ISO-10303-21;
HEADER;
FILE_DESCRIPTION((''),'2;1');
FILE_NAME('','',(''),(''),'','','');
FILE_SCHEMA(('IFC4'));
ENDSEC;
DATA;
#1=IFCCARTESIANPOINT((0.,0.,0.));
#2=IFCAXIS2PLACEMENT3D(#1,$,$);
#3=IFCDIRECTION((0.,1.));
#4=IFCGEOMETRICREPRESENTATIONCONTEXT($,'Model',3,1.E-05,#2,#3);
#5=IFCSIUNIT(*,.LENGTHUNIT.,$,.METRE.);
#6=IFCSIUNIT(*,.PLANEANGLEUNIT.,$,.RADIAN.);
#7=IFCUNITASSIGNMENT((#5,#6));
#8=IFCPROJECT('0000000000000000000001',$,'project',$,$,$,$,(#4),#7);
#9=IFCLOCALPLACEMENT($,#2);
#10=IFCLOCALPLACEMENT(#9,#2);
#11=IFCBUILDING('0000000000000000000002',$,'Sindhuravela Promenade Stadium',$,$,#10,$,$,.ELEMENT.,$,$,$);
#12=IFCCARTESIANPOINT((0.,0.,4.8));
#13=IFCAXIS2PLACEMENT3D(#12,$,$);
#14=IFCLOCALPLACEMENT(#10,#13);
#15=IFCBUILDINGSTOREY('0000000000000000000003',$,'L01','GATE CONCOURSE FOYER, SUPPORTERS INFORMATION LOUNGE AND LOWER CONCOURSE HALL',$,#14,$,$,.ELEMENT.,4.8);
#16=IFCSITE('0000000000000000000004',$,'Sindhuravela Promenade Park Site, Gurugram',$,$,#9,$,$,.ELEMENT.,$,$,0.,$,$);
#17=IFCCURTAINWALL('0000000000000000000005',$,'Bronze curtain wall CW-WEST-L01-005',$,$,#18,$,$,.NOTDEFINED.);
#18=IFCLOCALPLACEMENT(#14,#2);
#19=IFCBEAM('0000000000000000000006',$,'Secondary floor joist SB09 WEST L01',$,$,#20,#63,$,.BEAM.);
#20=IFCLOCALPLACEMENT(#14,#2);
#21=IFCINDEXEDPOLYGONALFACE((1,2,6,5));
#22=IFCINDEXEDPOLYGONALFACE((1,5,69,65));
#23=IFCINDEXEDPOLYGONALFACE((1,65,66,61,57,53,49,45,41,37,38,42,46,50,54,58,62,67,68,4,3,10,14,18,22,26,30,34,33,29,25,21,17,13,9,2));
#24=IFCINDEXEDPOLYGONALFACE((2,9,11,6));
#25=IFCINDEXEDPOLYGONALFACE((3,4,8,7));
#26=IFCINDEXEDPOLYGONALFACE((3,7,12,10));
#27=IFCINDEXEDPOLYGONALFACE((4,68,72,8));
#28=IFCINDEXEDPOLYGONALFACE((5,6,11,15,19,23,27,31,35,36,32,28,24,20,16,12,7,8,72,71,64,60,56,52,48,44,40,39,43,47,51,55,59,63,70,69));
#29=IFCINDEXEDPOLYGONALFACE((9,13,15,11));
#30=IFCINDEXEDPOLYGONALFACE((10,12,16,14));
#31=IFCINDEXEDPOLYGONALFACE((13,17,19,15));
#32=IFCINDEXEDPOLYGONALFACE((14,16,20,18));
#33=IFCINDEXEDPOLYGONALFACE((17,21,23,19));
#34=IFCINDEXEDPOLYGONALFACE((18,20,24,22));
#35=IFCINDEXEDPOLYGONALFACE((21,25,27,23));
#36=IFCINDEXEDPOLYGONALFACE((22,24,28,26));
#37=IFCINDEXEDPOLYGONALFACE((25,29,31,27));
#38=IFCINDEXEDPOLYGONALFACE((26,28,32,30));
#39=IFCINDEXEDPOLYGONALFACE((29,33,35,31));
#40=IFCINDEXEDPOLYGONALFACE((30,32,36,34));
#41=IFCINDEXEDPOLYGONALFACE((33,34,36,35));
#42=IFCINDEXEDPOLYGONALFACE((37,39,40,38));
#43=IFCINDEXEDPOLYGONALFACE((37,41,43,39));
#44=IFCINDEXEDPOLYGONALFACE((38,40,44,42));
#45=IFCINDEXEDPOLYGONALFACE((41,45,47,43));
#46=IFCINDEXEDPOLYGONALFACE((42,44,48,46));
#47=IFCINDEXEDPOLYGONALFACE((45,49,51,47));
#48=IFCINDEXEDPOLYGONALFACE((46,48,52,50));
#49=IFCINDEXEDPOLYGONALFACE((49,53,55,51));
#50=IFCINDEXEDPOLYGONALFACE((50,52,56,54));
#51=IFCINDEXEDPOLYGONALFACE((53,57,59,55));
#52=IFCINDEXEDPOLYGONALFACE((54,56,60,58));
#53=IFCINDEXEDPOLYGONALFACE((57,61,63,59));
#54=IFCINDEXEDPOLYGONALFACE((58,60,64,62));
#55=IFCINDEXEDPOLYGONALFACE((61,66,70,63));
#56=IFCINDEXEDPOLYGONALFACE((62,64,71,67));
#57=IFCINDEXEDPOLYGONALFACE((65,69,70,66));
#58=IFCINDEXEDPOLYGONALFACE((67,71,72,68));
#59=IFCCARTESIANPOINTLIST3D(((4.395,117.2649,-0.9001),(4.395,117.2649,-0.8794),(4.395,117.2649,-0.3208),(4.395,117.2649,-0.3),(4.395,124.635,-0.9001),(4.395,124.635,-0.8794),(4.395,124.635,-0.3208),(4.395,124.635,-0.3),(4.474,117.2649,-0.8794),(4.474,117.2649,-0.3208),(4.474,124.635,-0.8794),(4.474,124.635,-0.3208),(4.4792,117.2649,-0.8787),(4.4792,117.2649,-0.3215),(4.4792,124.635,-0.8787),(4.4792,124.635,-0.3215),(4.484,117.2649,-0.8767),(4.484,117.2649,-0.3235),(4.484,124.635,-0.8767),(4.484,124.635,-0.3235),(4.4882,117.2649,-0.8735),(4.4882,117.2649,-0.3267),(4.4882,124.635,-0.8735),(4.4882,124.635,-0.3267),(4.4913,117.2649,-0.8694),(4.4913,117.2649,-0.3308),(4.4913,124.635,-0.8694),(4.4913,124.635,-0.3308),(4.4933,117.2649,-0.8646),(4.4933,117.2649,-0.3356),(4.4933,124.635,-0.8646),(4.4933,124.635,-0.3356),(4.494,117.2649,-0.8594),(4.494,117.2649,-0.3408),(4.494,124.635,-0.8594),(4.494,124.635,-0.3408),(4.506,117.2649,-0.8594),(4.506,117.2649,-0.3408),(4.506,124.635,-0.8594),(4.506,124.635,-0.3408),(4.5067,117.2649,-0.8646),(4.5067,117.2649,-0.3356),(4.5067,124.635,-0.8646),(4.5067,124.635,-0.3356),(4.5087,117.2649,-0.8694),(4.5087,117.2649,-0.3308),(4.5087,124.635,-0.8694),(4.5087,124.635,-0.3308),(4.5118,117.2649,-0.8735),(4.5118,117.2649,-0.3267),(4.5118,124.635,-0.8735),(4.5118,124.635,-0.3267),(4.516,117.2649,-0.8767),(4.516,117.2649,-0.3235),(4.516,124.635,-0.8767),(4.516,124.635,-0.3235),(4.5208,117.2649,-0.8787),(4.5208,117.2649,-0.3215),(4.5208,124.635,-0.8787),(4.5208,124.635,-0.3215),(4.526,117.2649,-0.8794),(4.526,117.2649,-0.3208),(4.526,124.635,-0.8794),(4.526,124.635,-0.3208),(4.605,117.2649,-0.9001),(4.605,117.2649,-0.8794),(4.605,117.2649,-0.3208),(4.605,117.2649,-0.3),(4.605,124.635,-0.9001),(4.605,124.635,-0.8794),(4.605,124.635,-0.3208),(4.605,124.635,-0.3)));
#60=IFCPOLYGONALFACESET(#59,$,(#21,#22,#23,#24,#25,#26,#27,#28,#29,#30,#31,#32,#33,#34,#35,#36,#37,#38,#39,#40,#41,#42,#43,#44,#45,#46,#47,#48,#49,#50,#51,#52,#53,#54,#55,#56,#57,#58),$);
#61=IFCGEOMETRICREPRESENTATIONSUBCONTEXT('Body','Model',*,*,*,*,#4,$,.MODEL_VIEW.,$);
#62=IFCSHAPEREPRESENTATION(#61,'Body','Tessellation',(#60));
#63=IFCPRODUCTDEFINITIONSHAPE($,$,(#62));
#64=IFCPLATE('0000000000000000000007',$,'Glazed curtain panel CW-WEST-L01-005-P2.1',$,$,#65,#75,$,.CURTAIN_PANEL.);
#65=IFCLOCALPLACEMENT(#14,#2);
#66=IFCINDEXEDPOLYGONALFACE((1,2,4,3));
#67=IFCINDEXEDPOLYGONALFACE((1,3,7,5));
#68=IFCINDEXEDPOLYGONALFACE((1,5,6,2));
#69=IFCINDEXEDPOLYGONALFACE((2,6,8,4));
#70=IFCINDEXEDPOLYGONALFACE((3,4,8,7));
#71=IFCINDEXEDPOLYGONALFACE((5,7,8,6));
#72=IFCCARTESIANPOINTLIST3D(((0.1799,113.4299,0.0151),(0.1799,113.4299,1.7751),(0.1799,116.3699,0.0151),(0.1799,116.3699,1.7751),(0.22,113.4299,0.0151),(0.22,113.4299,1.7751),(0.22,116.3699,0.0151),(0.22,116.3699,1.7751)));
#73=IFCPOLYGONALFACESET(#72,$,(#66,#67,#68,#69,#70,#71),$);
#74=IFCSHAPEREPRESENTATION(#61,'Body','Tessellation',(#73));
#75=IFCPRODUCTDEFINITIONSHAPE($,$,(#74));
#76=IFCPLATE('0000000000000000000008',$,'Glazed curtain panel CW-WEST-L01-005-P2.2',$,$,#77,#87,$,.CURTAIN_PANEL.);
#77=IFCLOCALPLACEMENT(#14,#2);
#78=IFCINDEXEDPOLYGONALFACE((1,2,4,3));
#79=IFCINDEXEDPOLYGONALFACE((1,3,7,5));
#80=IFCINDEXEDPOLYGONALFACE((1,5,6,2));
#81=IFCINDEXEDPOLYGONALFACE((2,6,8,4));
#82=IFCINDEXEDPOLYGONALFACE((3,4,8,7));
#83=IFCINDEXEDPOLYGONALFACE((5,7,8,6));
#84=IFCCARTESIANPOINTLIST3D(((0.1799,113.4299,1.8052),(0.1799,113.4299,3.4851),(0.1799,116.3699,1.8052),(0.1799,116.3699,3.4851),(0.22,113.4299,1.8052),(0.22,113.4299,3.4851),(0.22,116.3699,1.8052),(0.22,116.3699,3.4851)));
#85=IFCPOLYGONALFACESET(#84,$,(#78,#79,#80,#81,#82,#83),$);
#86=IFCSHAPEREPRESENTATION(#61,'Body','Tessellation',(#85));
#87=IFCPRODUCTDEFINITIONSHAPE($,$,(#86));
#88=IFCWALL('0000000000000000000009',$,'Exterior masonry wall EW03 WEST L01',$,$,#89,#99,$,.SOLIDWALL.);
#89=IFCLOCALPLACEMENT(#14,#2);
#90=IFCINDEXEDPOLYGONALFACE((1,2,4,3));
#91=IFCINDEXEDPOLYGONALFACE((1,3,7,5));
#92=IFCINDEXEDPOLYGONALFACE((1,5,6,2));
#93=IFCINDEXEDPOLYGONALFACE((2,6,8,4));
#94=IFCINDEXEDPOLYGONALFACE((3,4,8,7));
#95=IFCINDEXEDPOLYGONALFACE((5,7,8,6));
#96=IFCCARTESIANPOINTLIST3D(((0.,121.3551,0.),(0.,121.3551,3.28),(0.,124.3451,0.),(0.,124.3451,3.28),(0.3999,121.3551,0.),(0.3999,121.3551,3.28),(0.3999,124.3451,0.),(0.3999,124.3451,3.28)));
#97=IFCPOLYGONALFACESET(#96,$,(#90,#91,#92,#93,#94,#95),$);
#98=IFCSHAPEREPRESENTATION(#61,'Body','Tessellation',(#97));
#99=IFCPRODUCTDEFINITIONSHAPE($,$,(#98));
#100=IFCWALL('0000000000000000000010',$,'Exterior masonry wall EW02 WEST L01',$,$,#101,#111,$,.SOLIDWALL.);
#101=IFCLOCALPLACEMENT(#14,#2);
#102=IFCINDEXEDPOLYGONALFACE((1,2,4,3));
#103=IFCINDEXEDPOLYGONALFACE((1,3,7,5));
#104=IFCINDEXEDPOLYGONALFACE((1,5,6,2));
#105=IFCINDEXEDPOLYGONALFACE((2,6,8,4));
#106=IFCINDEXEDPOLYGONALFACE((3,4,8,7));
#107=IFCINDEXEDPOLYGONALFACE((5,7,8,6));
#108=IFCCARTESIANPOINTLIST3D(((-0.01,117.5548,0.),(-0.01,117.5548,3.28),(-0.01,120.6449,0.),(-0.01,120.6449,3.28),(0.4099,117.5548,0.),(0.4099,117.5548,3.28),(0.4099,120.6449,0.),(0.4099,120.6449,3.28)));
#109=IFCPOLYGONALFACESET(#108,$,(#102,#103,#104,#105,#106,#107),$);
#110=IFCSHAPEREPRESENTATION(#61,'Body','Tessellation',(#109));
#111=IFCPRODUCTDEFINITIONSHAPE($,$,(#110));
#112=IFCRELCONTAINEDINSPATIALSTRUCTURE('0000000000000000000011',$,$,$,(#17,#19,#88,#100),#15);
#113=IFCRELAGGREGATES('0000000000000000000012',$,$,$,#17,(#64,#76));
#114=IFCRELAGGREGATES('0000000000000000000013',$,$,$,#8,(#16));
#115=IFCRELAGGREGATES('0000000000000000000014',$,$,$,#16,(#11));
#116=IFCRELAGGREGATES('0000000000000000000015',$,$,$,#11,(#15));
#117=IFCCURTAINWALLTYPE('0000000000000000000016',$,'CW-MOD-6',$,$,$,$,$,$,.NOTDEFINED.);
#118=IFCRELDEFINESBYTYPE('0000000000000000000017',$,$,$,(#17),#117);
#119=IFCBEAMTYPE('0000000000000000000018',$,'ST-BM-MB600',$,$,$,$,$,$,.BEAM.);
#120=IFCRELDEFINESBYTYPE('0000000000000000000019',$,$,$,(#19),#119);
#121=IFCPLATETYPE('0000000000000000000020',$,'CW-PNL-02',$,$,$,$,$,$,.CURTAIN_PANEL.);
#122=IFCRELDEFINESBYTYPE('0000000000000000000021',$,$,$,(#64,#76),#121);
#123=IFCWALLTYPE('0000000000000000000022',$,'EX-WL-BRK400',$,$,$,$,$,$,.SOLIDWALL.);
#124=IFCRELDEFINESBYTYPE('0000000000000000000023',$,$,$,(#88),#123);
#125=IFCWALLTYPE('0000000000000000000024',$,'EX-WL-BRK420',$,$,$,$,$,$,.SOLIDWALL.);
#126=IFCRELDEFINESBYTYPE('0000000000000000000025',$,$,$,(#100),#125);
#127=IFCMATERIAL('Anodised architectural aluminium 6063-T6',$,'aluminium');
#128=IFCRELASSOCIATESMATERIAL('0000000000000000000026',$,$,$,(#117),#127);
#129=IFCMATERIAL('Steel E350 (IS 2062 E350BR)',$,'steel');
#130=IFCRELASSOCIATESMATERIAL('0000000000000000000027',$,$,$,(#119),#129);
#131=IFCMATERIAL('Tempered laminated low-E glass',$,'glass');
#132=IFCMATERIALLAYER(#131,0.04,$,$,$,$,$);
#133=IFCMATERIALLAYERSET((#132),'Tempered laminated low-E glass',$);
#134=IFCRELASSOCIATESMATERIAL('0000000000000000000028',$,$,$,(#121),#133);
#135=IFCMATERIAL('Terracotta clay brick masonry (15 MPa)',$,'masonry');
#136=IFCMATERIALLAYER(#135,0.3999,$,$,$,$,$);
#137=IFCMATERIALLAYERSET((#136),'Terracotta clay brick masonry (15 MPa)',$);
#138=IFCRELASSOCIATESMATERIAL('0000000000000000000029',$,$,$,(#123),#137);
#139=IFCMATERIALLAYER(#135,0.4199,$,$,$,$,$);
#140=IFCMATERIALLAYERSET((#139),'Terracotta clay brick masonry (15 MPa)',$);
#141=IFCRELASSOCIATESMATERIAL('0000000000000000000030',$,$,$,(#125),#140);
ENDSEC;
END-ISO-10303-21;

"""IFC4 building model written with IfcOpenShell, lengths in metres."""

from ifc_helpers import new_model, si_unit, direction, frame, frame_2d, origin, origin_2d, place, context, subcontext, project, spatial, rectangle, i_section, extrude, material, layer, layer_set, material_profile, profile_set, type_object, element, aggregate, save


model = new_model("IFC4")

# Units and contexts
model_context = context("Model", 3, precision=1e-05, world=origin(), true_north=direction((0.0, 1.0)))
body_context = subcontext(model_context, "Body", "Model", "MODEL_VIEW")
ifc_project = project(units=[si_unit("LENGTHUNIT", "METRE"), si_unit("PLANEANGLEUNIT", "RADIAN")], contexts=[model_context])

# Site, building, storey
site_placement = place(None, origin())
site = spatial("IfcSite", under=ifc_project, at=site_placement, Name="Sindhuravela Promenade Park Site, Gurugram", CompositionType="ELEMENT", RefElevation=0.0)
building_placement = place(site_placement, origin())
building = spatial("IfcBuilding", under=site, at=building_placement, Name="Sindhuravela Promenade Stadium", CompositionType="ELEMENT")
storey_placement = place(building_placement, frame((0.0, 0.0, 4.8)))
storey = spatial("IfcBuildingStorey", under=building, at=storey_placement, Name="L01", Description="GATE CONCOURSE FOYER, SUPPORTERS INFORMATION LOUNGE AND LOWER CONCOURSE HALL", CompositionType="ELEMENT", Elevation=4.8)

# Curtain wall
ifc_material_1 = material(Name="Anodised architectural aluminium 6063-T6", Category="aluminium")
curtain_wall_type = type_object("IfcCurtainWallType", Name="CW-MOD-6", PredefinedType="NOTDEFINED", material=ifc_material_1)
curtain_wall_placement = place(storey_placement, origin())
curtain_wall = element("IfcCurtainWall", 1, at=curtain_wall_placement, inside=storey, type_object=curtain_wall_type, Name="Bronze curtain wall CW-WEST-L01-005", PredefinedType="NOTDEFINED")

# Beam
ifc_material_2 = material(Name="Steel E350 (IS 2062 E350BR)", Category="steel")
ifc_material_profile_1 = material_profile(ifc_material_2, i_section(OverallWidth=0.21, OverallDepth=0.6001, WebThickness=0.012, FlangeThickness=0.0208, FilletRadius=0.02, at=origin_2d()), Name="ISMB 600")
ifc_profile_set_1 = profile_set([ifc_material_profile_1], Name="Steel E350 (IS 2062 E350BR)")
beam_type_1 = type_object("IfcBeamType", Name="ST-BM-MB600", PredefinedType="BEAM", material=ifc_profile_set_1)
beam_1_placement = place(storey_placement, frame((4.5, 117.2649, -0.6001), z_axis=(0.0, 1.0, 0.0), x_axis=(-1.0, 0.0, 0.0)))
element("IfcBeam", 2, at=beam_1_placement, inside=storey, type_object=beam_type_1, Name="Secondary floor joist SB09 WEST L01", PredefinedType="BEAM", context=body_context, shape_type="SweptSolid", body=[
    extrude(i_section(OverallWidth=0.21, OverallDepth=0.6001, WebThickness=0.012, FlangeThickness=0.0208, FilletRadius=0.02, at=origin_2d()), origin(), (0.0, 0.0, 1.0), 7.3701),
])

# Plates
ifc_material_3 = material(Name="Tempered laminated low-E glass", Category="glass")
ifc_layer_1 = layer(ifc_material_3, 0.04)
ifc_layer_set_1 = layer_set([ifc_layer_1], Name="Tempered laminated low-E glass")
plate_type = type_object("IfcPlateType", Name="CW-PNL-02", PredefinedType="CURTAIN_PANEL", material=ifc_layer_set_1)
plate_1_placement = place(storey_placement, frame((0.2, 114.8999, 0.0151), z_axis=(0.0, 0.0, 1.0), x_axis=(0.0, 1.0, 0.0)))
plate_1 = element("IfcPlate", 3, at=plate_1_placement, type_object=plate_type, Name="Glazed curtain panel CW-WEST-L01-005-P2.1", PredefinedType="CURTAIN_PANEL", context=body_context, shape_type="SweptSolid", body=[
    extrude(rectangle(XDim=2.9399, YDim=0.04, at=origin_2d()), origin(), (0.0, 0.0, 1.0), 1.76),
])
plate_2_placement = place(storey_placement, frame((0.2, 114.8999, 1.8052), z_axis=(0.0, 0.0, 1.0), x_axis=(0.0, 1.0, 0.0)))
plate_2 = element("IfcPlate", 4, at=plate_2_placement, type_object=plate_type, Name="Glazed curtain panel CW-WEST-L01-005-P2.2", PredefinedType="CURTAIN_PANEL", context=body_context, shape_type="SweptSolid", body=[
    extrude(rectangle(XDim=2.9399, YDim=0.04, at=origin_2d()), origin(), (0.0, 0.0, 1.0), 1.6799),
])
aggregate(curtain_wall, [plate_1, plate_2])

# Walls
ifc_material_4 = material(Name="Terracotta clay brick masonry (15 MPa)", Category="masonry")
ifc_layer_2 = layer(ifc_material_4, 0.3999)
ifc_layer_set_2 = layer_set([ifc_layer_2], Name="Terracotta clay brick masonry (15 MPa)")
wall_type_1 = type_object("IfcWallType", Name="EX-WL-BRK400", PredefinedType="SOLIDWALL", material=ifc_layer_set_2)
wall_1_placement = place(storey_placement, frame((0.2, 121.355, 0.0), z_axis=(0.0, 0.0, 1.0), x_axis=(0.0, 1.0, 0.0)))
element("IfcWall", 5, at=wall_1_placement, inside=storey, type_object=wall_type_1, Name="Exterior masonry wall EW03 WEST L01", PredefinedType="SOLIDWALL", context=body_context, shape_type="SweptSolid", body=[
    extrude(rectangle(XDim=2.99, YDim=0.3999, at=frame_2d((1.4951, 0.0))), origin(), (0.0, 0.0, 1.0), 3.28),
])
ifc_layer_3 = layer(ifc_material_4, 0.4199)
ifc_layer_set_3 = layer_set([ifc_layer_3], Name="Terracotta clay brick masonry (15 MPa)")
wall_type_2 = type_object("IfcWallType", Name="EX-WL-BRK420", PredefinedType="SOLIDWALL", material=ifc_layer_set_3)
wall_2_placement = place(storey_placement, frame((0.2, 117.5549, 0.0), z_axis=(0.0, 0.0, 1.0), x_axis=(0.0, 1.0, 0.0)))
element("IfcWall", 6, at=wall_2_placement, inside=storey, type_object=wall_type_2, Name="Exterior masonry wall EW02 WEST L01", PredefinedType="SOLIDWALL", context=body_context, shape_type="SweptSolid", body=[
    extrude(rectangle(XDim=3.0901, YDim=0.4199, at=frame_2d((1.5449, 0.0))), origin(), (0.0, 0.0, 1.0), 3.28),
])

save(model, "model.ifc")
